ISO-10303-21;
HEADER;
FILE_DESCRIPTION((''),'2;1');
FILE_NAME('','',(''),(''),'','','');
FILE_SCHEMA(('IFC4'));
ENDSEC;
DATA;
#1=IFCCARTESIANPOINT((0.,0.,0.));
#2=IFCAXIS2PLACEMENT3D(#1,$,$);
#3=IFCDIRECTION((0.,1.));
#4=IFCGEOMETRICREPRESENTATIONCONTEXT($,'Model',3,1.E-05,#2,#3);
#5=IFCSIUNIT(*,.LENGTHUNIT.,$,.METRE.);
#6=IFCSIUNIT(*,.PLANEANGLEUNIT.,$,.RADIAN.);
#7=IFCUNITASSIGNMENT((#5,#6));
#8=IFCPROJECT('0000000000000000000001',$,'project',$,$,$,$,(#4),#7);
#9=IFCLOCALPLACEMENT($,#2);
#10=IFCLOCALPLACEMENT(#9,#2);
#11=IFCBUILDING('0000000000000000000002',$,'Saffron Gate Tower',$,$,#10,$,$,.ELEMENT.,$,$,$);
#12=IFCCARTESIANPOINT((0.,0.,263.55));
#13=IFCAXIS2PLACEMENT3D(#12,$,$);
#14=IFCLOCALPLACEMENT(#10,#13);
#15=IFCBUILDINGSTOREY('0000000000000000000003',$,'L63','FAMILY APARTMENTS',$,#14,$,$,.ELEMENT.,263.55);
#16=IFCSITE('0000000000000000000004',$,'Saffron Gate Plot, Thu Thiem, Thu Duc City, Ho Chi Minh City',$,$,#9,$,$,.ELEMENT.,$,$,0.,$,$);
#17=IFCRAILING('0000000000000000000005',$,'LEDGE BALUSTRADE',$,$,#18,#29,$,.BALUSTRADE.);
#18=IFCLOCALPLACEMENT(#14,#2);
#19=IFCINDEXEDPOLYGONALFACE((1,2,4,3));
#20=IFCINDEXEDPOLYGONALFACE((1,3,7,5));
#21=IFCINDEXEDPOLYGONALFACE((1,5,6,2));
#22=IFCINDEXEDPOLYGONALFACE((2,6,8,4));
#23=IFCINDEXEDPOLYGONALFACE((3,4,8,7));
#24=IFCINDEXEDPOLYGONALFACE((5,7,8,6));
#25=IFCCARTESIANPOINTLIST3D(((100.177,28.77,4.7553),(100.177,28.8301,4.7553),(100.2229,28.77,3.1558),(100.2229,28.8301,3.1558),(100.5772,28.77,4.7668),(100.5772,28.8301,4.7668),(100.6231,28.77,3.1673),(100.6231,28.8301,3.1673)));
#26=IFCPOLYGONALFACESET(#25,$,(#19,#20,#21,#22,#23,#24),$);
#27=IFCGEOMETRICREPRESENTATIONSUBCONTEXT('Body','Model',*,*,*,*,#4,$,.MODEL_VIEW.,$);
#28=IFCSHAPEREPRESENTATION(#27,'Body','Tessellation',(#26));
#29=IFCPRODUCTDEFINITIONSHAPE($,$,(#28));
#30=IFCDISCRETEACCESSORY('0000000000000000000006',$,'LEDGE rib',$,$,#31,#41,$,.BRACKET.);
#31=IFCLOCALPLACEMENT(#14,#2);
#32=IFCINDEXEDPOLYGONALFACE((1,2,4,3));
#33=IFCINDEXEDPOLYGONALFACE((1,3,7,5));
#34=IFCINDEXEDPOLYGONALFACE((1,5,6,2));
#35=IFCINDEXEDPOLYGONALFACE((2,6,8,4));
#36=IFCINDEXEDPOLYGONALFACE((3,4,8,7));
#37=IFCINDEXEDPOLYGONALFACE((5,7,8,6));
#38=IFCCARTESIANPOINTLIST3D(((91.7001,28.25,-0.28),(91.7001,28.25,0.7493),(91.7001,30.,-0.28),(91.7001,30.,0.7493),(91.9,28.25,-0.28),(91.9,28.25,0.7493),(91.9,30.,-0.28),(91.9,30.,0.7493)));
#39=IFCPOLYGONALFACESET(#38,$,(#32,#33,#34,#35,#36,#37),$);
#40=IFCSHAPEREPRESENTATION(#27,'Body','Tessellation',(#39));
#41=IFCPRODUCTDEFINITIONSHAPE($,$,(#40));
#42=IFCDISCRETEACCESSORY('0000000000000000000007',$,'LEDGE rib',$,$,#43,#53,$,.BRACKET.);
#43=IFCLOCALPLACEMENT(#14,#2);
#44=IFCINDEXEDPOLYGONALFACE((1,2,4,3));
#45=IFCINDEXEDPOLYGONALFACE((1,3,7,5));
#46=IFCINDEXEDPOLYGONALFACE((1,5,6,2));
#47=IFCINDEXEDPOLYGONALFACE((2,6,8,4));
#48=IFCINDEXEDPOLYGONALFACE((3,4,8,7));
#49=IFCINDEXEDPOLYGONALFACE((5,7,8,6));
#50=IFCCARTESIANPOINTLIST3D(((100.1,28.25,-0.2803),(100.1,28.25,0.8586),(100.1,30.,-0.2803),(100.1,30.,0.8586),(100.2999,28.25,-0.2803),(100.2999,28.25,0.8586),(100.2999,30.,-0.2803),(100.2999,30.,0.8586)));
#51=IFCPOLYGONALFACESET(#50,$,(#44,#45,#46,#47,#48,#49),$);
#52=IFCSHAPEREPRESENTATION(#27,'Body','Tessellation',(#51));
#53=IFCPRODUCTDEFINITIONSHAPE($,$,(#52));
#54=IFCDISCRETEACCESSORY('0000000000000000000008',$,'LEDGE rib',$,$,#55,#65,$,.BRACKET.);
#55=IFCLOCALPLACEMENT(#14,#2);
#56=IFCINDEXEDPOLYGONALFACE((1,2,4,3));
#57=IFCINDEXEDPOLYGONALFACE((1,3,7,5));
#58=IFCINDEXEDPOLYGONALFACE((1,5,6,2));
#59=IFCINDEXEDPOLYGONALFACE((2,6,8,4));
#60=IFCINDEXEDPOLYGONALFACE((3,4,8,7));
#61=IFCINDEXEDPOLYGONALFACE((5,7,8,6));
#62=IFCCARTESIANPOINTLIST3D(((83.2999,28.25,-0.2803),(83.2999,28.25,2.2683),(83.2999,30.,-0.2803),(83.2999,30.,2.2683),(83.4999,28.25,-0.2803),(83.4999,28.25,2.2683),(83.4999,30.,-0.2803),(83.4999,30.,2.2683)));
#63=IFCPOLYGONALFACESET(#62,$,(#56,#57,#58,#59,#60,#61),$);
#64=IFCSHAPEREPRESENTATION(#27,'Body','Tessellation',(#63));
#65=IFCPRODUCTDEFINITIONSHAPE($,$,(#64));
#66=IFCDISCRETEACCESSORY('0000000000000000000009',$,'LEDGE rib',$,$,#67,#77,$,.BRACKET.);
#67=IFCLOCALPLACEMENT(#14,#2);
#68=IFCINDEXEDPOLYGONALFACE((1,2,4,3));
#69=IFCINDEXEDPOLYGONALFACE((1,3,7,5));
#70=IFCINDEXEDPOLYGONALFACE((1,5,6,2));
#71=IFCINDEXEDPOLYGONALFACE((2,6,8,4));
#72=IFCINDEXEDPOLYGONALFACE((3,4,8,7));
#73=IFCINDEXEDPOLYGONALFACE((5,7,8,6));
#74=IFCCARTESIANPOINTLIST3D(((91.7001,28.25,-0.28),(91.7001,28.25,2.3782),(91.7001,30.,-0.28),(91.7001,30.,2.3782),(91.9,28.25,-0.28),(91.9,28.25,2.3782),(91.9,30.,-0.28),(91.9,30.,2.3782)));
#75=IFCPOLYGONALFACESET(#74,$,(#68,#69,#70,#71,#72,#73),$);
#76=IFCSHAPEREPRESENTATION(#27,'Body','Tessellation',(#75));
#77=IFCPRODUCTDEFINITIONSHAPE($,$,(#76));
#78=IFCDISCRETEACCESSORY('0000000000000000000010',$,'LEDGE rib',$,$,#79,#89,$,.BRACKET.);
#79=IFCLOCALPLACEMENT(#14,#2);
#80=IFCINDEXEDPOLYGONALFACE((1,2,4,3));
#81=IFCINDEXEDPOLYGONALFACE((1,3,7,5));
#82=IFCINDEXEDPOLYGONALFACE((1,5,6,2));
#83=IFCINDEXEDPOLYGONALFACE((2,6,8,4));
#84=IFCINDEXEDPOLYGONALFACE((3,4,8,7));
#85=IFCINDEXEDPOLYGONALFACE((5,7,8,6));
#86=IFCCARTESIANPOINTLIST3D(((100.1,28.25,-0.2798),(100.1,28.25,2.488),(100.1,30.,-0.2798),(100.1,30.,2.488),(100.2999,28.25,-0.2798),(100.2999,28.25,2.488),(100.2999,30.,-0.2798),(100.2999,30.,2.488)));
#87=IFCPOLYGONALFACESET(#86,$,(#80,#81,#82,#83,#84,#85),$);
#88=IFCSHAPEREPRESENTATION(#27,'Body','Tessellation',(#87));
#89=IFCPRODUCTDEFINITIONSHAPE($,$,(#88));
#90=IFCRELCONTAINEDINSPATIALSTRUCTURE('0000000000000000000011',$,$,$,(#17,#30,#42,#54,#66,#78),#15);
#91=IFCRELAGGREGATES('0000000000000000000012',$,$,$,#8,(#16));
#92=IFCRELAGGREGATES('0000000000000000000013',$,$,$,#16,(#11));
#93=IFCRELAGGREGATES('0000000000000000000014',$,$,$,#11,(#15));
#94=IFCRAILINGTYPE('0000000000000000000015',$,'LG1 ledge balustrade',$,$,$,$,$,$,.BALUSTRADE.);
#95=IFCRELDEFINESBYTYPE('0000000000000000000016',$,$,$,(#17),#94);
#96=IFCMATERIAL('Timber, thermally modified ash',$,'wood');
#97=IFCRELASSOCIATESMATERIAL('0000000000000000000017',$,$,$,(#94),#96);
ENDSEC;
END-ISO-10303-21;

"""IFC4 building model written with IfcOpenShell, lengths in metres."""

from ifc_helpers import new_model, si_unit, direction, frame, origin, origin_2d, place, context, subcontext, project, spatial, rectangle, extrude, material, type_object, element, save


model = new_model("IFC4")

# Units and contexts
model_context = context("Model", 3, precision=1e-05, world=origin(), true_north=direction((0.0, 1.0)))
body_context = subcontext(model_context, "Body", "Model", "MODEL_VIEW")
ifc_project = project(units=[si_unit("LENGTHUNIT", "METRE"), si_unit("PLANEANGLEUNIT", "RADIAN")], contexts=[model_context])

# Site, building, storey
site_placement = place(None, origin())
site = spatial("IfcSite", under=ifc_project, at=site_placement, Name="Saffron Gate Plot, Thu Thiem, Thu Duc City, Ho Chi Minh City", CompositionType="ELEMENT", RefElevation=0.0)
building_placement = place(site_placement, origin())
building = spatial("IfcBuilding", under=site, at=building_placement, Name="Saffron Gate Tower", CompositionType="ELEMENT")
storey_placement = place(building_placement, frame((0.0, 0.0, 263.55)))
storey = spatial("IfcBuildingStorey", under=building, at=storey_placement, Name="L63", Description="FAMILY APARTMENTS", CompositionType="ELEMENT", Elevation=263.55)

# Shared definitions
ifc_material = material(Name="Timber, thermally modified ash", Category="wood")

# Railing
railing_type = type_object("IfcRailingType", Name="LG1 ledge balustrade", PredefinedType="BALUSTRADE", material=ifc_material)
railing_1_placement = place(storey_placement, frame((100.2, 28.8, 3.1555)))
element("IfcRailing", 1, at=railing_1_placement, inside=storey, type_object=railing_type, Name="LEDGE BALUSTRADE", PredefinedType="BALUSTRADE", context=body_context, shape_type="SweptSolid", body=[
    extrude(rectangle(XDim=0.0601, YDim=1.6001, at=origin_2d()), frame((0.0, 0.0, 0.8), z_axis=(0.999589, 0.0, 0.028664), x_axis=(0.0, 1.0, 0.0)), (0.0, 0.0, 1.0), 0.4004),
])

# Discrete accessories
discrete_accessory_1_placement = place(storey_placement, frame((91.8, 29.125, -0.28), z_axis=(0.0, 0.0, 1.0), x_axis=(1.0, 0.0, 0.0)))
element("IfcDiscreteAccessory", 2, at=discrete_accessory_1_placement, inside=storey, Name="LEDGE rib", PredefinedType="BRACKET", context=body_context, shape_type="SweptSolid", body=[
    extrude(rectangle(XDim=0.2, YDim=1.75, at=origin_2d()), origin(), (0.0, 0.0, 1.0), 1.0293),
])
discrete_accessory_2_placement = place(storey_placement, frame((100.2, 29.125, -0.2803), z_axis=(0.0, 0.0, 1.0), x_axis=(1.0, 0.0, 0.0)))
element("IfcDiscreteAccessory", 3, at=discrete_accessory_2_placement, inside=storey, Name="LEDGE rib", PredefinedType="BRACKET", context=body_context, shape_type="SweptSolid", body=[
    extrude(rectangle(XDim=0.2, YDim=1.75, at=origin_2d()), origin(), (0.0, 0.0, 1.0), 1.1389),
])
discrete_accessory_3_placement = place(storey_placement, frame((83.3999, 29.125, -0.2803), z_axis=(0.0, 0.0, 1.0), x_axis=(1.0, 0.0, 0.0)))
element("IfcDiscreteAccessory", 4, at=discrete_accessory_3_placement, inside=storey, Name="LEDGE rib", PredefinedType="BRACKET", context=body_context, shape_type="SweptSolid", body=[
    extrude(rectangle(XDim=0.2, YDim=1.75, at=origin_2d()), origin(), (0.0, 0.0, 1.0), 2.5486),
])
discrete_accessory_4_placement = place(storey_placement, frame((91.8, 29.125, -0.28), z_axis=(0.0, 0.0, 1.0), x_axis=(1.0, 0.0, 0.0)))
element("IfcDiscreteAccessory", 5, at=discrete_accessory_4_placement, inside=storey, Name="LEDGE rib", PredefinedType="BRACKET", context=body_context, shape_type="SweptSolid", body=[
    extrude(rectangle(XDim=0.2, YDim=1.75, at=origin_2d()), origin(), (0.0, 0.0, 1.0), 2.6582),
])
discrete_accessory_5_placement = place(storey_placement, frame((100.2, 29.125, -0.2798), z_axis=(0.0, 0.0, 1.0), x_axis=(1.0, 0.0, 0.0)))
element("IfcDiscreteAccessory", 6, at=discrete_accessory_5_placement, inside=storey, Name="LEDGE rib", PredefinedType="BRACKET", context=body_context, shape_type="SweptSolid", body=[
    extrude(rectangle(XDim=0.2, YDim=1.75, at=origin_2d()), origin(), (0.0, 0.0, 1.0), 2.7678),
])

save(model, "model.ifc")
